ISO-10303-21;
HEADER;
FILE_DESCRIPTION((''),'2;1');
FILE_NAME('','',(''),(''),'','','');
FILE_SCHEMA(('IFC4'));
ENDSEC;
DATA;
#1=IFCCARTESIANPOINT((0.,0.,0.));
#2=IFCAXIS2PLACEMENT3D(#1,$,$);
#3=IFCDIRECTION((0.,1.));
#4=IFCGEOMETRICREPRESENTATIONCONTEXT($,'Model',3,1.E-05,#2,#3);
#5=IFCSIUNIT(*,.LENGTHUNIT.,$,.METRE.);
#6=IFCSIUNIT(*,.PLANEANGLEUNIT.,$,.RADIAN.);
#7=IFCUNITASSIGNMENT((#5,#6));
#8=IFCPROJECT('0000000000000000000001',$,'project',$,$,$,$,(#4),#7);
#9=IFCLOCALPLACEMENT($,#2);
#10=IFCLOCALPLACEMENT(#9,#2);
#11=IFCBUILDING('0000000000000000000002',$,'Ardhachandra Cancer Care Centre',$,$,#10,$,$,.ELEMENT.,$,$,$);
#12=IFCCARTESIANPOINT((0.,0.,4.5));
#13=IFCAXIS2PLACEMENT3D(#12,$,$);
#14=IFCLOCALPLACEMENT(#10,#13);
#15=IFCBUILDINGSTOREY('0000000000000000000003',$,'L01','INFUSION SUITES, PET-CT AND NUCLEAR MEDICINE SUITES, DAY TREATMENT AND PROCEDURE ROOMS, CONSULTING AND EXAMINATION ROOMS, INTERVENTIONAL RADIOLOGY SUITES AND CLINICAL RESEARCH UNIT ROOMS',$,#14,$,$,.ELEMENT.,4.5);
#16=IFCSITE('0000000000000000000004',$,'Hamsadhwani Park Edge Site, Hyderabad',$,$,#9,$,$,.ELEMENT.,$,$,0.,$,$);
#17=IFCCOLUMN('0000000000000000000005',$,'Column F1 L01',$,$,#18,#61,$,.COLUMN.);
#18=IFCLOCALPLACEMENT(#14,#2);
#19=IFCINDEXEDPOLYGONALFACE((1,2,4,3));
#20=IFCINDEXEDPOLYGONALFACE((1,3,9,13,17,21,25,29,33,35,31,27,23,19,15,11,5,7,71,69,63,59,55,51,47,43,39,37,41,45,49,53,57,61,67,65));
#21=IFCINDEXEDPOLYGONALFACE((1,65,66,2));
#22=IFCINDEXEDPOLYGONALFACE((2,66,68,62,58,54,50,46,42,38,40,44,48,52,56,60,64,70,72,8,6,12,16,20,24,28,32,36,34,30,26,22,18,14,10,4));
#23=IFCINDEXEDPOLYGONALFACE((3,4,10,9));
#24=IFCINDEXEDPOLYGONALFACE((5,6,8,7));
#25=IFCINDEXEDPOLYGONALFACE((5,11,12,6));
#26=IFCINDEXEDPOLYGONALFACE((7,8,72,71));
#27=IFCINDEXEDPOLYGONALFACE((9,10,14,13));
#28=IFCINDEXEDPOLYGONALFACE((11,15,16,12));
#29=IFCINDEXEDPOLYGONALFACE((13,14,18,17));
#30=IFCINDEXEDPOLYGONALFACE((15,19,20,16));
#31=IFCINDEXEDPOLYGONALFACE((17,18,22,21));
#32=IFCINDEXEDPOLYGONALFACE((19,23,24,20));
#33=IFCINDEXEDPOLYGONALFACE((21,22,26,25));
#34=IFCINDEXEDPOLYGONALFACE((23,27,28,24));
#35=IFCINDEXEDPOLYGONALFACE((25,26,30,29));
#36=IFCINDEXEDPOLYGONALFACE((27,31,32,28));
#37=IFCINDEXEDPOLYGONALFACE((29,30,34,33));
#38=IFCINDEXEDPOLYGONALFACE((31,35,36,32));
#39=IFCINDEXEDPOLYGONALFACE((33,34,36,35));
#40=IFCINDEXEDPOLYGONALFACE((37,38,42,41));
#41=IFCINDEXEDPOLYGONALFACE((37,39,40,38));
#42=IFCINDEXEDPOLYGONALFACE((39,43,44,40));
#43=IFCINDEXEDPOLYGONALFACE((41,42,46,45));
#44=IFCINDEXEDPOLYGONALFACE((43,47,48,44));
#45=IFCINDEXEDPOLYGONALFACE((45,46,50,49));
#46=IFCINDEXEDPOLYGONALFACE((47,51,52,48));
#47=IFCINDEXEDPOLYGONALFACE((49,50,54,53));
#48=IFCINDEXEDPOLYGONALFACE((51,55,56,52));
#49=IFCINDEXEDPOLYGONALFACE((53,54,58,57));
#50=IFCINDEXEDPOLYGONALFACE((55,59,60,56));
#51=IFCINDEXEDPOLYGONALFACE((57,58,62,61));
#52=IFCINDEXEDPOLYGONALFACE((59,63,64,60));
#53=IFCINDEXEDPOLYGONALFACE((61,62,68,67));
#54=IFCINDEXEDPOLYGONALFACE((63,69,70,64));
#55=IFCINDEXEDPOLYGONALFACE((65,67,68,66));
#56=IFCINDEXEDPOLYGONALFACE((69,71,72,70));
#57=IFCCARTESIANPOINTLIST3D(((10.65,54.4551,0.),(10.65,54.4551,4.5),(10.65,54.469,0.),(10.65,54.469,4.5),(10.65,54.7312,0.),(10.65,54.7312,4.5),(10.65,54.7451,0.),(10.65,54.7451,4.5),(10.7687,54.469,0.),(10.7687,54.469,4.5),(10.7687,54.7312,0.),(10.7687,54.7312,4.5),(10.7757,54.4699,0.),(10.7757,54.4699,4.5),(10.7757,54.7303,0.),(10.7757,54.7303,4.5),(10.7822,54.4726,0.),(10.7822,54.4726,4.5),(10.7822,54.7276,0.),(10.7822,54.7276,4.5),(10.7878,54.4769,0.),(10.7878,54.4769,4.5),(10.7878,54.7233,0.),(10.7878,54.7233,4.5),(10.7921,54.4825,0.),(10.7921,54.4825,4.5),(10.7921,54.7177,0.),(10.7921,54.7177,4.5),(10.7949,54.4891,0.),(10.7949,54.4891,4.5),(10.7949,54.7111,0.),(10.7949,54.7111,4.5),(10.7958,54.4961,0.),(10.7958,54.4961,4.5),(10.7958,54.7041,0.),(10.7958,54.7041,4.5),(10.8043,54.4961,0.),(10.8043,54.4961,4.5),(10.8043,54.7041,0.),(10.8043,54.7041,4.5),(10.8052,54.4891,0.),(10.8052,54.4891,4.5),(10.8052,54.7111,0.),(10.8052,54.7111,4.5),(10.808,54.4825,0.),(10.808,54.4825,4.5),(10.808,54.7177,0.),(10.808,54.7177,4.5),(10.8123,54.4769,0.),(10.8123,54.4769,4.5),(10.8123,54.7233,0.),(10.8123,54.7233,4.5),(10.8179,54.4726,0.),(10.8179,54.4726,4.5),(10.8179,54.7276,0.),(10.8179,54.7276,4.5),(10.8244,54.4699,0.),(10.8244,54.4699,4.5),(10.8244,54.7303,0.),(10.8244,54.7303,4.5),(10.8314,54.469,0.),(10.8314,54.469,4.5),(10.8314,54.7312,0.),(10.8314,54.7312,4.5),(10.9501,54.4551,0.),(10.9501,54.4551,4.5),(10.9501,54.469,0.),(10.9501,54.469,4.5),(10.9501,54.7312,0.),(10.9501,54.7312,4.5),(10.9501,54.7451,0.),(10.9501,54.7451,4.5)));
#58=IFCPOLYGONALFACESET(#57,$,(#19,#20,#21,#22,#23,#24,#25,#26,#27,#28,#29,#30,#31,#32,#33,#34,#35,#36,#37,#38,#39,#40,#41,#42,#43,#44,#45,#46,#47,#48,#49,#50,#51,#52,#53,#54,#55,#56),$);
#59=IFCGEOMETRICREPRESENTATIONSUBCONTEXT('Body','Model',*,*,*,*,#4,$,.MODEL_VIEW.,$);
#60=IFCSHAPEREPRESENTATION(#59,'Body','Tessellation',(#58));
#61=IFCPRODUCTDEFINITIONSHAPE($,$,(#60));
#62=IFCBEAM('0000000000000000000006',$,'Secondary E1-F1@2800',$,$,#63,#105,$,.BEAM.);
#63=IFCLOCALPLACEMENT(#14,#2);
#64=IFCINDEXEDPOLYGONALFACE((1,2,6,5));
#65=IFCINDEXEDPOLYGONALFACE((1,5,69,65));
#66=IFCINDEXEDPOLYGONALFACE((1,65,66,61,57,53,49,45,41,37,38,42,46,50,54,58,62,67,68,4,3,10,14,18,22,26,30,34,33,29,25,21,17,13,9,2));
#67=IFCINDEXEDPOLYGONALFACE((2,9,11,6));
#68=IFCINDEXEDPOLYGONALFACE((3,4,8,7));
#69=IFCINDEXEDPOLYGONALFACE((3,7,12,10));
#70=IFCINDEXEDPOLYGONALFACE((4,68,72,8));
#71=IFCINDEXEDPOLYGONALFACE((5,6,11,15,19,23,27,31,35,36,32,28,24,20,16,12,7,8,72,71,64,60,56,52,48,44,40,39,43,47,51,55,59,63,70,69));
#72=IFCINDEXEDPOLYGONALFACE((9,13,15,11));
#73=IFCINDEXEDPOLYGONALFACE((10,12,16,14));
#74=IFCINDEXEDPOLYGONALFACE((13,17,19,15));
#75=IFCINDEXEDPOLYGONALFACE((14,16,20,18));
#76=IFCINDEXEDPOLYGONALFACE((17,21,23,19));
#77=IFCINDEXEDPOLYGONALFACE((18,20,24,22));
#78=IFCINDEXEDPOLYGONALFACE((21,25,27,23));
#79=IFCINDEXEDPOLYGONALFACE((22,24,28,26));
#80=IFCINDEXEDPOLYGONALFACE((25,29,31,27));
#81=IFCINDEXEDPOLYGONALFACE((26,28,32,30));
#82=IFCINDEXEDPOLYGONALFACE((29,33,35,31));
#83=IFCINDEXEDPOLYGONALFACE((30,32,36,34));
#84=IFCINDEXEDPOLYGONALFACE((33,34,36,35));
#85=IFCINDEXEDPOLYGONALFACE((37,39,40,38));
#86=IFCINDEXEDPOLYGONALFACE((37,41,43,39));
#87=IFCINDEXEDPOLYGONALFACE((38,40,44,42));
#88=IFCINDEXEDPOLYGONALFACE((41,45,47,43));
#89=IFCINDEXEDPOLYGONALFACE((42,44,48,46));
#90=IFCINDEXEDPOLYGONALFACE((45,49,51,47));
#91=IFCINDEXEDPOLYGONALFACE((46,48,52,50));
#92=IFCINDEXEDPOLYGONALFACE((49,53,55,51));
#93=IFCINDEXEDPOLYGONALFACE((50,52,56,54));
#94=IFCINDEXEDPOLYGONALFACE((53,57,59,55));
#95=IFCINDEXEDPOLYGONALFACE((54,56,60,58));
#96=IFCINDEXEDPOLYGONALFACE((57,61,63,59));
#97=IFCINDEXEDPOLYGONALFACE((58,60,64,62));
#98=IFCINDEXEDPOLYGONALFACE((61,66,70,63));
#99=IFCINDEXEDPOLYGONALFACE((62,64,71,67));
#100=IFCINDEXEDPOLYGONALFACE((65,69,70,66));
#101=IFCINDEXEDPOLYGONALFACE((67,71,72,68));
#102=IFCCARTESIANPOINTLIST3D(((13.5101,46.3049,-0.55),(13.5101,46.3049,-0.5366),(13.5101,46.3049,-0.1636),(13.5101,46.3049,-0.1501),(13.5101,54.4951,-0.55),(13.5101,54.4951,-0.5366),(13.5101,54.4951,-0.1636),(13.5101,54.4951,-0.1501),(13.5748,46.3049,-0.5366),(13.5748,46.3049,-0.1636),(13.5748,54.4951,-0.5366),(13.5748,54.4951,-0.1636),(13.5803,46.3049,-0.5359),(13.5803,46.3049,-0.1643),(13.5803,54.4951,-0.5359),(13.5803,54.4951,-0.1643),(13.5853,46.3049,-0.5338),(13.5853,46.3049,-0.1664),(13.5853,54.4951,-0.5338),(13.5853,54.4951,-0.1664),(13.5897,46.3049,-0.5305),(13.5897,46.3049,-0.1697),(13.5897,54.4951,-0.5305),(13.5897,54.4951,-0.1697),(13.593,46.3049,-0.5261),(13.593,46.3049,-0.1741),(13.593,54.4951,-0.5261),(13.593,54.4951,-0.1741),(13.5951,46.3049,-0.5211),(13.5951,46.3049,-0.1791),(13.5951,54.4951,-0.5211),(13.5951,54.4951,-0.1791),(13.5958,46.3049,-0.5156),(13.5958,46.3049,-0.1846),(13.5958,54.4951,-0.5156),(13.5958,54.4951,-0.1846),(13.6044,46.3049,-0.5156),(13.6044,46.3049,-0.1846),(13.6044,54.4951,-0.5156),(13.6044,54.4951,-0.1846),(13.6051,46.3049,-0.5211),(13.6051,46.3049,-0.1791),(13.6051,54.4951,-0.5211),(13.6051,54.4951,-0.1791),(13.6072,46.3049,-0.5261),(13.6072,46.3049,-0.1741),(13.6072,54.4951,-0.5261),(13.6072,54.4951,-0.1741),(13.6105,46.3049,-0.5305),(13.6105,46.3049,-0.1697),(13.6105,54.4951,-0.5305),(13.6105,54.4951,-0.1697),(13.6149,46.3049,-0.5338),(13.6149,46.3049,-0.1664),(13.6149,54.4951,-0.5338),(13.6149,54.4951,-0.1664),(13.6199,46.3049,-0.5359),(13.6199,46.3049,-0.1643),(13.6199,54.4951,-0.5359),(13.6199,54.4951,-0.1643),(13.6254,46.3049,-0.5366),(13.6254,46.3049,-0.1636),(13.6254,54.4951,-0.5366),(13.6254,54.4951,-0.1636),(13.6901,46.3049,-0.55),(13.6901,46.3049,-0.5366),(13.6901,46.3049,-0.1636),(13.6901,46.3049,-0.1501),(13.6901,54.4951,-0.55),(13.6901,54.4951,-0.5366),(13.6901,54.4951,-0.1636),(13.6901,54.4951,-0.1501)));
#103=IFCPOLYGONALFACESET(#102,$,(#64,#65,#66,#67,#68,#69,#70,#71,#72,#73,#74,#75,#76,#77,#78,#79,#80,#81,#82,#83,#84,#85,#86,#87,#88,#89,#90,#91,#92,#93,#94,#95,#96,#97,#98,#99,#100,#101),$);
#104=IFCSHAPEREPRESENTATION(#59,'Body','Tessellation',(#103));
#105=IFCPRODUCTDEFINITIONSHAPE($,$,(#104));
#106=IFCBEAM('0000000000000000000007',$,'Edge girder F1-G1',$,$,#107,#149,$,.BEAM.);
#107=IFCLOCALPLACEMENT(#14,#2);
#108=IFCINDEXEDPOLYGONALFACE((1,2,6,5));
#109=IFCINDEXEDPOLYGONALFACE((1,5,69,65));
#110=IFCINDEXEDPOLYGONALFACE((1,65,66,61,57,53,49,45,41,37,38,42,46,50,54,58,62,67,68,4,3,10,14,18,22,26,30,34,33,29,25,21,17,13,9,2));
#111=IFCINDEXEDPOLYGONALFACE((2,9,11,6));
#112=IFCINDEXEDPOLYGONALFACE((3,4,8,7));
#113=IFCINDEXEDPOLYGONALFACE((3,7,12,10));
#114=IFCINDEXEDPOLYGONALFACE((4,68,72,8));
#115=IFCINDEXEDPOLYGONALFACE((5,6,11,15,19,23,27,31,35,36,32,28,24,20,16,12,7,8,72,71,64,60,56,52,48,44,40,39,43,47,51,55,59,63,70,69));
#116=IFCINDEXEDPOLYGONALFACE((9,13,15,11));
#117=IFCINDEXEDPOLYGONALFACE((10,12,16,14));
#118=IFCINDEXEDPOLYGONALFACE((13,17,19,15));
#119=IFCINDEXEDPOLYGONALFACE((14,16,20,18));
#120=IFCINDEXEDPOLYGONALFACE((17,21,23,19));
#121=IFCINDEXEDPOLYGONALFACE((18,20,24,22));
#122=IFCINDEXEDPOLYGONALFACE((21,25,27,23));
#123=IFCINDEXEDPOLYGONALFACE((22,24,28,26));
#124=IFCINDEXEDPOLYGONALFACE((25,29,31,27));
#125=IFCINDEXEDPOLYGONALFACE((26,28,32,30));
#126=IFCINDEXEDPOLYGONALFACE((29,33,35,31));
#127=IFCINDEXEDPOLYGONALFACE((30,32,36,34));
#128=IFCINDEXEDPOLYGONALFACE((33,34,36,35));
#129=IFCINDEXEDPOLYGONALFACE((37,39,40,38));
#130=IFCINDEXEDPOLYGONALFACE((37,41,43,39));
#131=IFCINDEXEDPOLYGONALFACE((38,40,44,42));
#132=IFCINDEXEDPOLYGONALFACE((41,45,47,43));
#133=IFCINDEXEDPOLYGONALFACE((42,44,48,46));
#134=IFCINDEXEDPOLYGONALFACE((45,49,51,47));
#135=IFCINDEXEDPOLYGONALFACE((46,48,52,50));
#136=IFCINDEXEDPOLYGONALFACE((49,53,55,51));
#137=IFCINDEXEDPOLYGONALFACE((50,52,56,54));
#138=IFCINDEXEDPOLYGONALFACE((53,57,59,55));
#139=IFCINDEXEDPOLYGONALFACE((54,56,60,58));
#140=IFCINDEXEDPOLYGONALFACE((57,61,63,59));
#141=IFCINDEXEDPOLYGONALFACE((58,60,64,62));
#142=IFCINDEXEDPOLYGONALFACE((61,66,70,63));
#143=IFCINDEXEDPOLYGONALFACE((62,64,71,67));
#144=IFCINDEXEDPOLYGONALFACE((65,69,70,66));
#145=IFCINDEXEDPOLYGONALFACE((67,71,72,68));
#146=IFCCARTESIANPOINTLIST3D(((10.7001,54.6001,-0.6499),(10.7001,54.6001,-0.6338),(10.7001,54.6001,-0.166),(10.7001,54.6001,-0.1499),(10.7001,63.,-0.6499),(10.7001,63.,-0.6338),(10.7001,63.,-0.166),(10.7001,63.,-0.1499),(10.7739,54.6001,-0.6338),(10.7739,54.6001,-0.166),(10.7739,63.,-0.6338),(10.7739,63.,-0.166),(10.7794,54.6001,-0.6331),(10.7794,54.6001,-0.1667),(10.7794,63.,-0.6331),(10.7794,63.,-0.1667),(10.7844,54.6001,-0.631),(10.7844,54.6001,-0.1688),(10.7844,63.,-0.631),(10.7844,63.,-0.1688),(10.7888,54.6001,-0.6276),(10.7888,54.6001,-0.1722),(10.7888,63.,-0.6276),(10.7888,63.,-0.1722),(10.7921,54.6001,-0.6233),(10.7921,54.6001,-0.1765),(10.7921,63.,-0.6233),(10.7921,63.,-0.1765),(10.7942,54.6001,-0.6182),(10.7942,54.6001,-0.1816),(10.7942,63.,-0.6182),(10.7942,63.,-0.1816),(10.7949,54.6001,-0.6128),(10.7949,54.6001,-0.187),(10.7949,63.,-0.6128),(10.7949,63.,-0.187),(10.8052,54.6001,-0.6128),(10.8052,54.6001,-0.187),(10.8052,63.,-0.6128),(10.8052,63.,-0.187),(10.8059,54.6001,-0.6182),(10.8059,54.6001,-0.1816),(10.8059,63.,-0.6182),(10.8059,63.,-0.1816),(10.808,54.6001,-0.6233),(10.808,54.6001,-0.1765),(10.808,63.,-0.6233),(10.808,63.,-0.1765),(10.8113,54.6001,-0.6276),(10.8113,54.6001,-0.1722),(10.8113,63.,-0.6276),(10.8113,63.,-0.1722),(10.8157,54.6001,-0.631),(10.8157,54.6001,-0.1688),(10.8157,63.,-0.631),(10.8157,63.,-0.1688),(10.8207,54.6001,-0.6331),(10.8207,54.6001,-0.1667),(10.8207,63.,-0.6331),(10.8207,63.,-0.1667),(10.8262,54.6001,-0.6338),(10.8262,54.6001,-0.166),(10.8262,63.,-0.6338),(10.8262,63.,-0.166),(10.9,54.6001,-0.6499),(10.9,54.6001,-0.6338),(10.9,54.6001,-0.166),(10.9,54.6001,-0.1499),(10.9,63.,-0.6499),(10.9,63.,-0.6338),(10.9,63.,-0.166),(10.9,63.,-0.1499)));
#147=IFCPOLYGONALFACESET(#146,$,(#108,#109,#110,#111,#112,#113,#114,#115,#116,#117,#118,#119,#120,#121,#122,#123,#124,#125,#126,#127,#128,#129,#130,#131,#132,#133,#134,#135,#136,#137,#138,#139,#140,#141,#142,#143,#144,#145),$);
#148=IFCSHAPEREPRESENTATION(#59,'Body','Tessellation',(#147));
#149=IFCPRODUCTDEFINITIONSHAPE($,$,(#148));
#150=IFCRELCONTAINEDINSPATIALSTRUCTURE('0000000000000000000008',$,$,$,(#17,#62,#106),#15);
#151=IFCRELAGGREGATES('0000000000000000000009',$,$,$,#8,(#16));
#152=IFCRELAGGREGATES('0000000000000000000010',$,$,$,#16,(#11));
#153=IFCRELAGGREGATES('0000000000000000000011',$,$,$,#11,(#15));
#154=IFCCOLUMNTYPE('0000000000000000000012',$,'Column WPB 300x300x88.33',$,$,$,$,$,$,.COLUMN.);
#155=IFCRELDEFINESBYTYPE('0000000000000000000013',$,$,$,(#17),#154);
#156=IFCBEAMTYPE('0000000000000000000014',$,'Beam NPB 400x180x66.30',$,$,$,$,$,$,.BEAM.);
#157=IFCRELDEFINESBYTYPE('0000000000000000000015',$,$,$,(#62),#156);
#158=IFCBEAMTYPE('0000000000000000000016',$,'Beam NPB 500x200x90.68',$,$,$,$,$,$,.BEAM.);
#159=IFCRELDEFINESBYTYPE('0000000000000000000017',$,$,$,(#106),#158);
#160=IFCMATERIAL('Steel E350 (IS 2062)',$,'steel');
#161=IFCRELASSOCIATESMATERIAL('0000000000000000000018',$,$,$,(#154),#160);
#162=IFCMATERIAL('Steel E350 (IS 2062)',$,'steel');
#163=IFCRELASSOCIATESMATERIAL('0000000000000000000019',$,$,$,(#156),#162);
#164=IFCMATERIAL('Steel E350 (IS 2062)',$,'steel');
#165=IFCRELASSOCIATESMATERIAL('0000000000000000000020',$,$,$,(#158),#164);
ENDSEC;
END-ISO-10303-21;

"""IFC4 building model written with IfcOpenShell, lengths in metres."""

from ifc_helpers import new_model, si_unit, direction, frame, origin, origin_2d, place, context, subcontext, project, spatial, i_section, extrude, material, material_profile, profile_set, type_object, element, save


model = new_model("IFC4")

# Units and contexts
model_context = context("Model", 3, precision=1e-05, world=origin(), true_north=direction((0.0, 1.0)))
body_context = subcontext(model_context, "Body", "Model", "MODEL_VIEW")
ifc_project = project(units=[si_unit("LENGTHUNIT", "METRE"), si_unit("PLANEANGLEUNIT", "RADIAN")], contexts=[model_context])

# Site, building, storey
site_placement = place(None, origin())
site = spatial("IfcSite", under=ifc_project, at=site_placement, Name="Hamsadhwani Park Edge Site, Hyderabad", CompositionType="ELEMENT", RefElevation=0.0)
building_placement = place(site_placement, origin())
building = spatial("IfcBuilding", under=site, at=building_placement, Name="Ardhachandra Cancer Care Centre", CompositionType="ELEMENT")
storey_placement = place(building_placement, frame((0.0, 0.0, 4.5)))
storey = spatial("IfcBuildingStorey", under=building, at=storey_placement, Name="L01", Description="INFUSION SUITES, PET-CT AND NUCLEAR MEDICINE SUITES, DAY TREATMENT AND PROCEDURE ROOMS, CONSULTING AND EXAMINATION ROOMS, INTERVENTIONAL RADIOLOGY SUITES AND CLINICAL RESEARCH UNIT ROOMS", CompositionType="ELEMENT", Elevation=4.5)

# Column
ifc_material_1 = material(Name="Steel E350 (IS 2062)", Category="steel")
ifc_material_profile_1 = material_profile(ifc_material_1, i_section(OverallWidth=0.3, OverallDepth=0.29, WebThickness=0.0085, FlangeThickness=0.0139, FilletRadius=0.0271, at=origin_2d()), Name="WPB 300x300x88.33")
ifc_profile_set_1 = profile_set([ifc_material_profile_1], Name="Steel E350 (IS 2062)")
column_type = type_object("IfcColumnType", Name="Column WPB 300x300x88.33", PredefinedType="COLUMN", material=ifc_profile_set_1)
column_placement = place(storey_placement, frame((10.8, 54.6001, 0.0), z_axis=(0.0, 0.0, 1.0), x_axis=(1.0, 0.0, 0.0)))
element("IfcColumn", 1, at=column_placement, inside=storey, type_object=column_type, Name="Column F1 L01", PredefinedType="COLUMN", context=body_context, shape_type="SweptSolid", body=[
    extrude(i_section(OverallWidth=0.3, OverallDepth=0.29, WebThickness=0.0085, FlangeThickness=0.0139, FilletRadius=0.0271, at=origin_2d()), origin(), (0.0, 0.0, 1.0), 4.5),
])

# Beams
ifc_material_2 = material(Name="Steel E350 (IS 2062)", Category="steel")
ifc_material_profile_2 = material_profile(ifc_material_2, i_section(OverallWidth=0.1799, OverallDepth=0.3999, WebThickness=0.0085, FlangeThickness=0.0134, FilletRadius=0.021, at=origin_2d()), Name="NPB 400x180x66.30")
ifc_profile_set_2 = profile_set([ifc_material_profile_2], Name="Steel E350 (IS 2062)")
beam_type_1 = type_object("IfcBeamType", Name="Beam NPB 400x180x66.30", PredefinedType="BEAM", material=ifc_profile_set_2)
beam_1_placement = place(storey_placement, frame((13.6001, 46.3049, -0.3501), z_axis=(0.0, 1.0, 0.0), x_axis=(-1.0, 0.0, 0.0)))
element("IfcBeam", 2, at=beam_1_placement, inside=storey, type_object=beam_type_1, Name="Secondary E1-F1@2800", PredefinedType="BEAM", context=body_context, shape_type="SweptSolid", body=[
    extrude(i_section(OverallWidth=0.1799, OverallDepth=0.3999, WebThickness=0.0085, FlangeThickness=0.0134, FilletRadius=0.021, at=origin_2d()), origin(), (0.0, 0.0, 1.0), 8.1902),
])
ifc_material_3 = material(Name="Steel E350 (IS 2062)", Category="steel")
ifc_material_profile_3 = material_profile(ifc_material_3, i_section(OverallWidth=0.2, OverallDepth=0.5, WebThickness=0.0103, FlangeThickness=0.0161, FilletRadius=0.021, at=origin_2d()), Name="NPB 500x200x90.68")
ifc_profile_set_3 = profile_set([ifc_material_profile_3], Name="Steel E350 (IS 2062)")
beam_type_2 = type_object("IfcBeamType", Name="Beam NPB 500x200x90.68", PredefinedType="BEAM", material=ifc_profile_set_3)
beam_2_placement = place(storey_placement, frame((10.8, 54.6001, -0.3999), z_axis=(0.0, 1.0, 0.0), x_axis=(-1.0, 0.0, 0.0)))
element("IfcBeam", 3, at=beam_2_placement, inside=storey, type_object=beam_type_2, Name="Edge girder F1-G1", PredefinedType="BEAM", context=body_context, shape_type="SweptSolid", body=[
    extrude(i_section(OverallWidth=0.2, OverallDepth=0.5, WebThickness=0.0103, FlangeThickness=0.0161, FilletRadius=0.021, at=origin_2d()), origin(), (0.0, 0.0, 1.0), 8.3999),
])

save(model, "model.ifc")
